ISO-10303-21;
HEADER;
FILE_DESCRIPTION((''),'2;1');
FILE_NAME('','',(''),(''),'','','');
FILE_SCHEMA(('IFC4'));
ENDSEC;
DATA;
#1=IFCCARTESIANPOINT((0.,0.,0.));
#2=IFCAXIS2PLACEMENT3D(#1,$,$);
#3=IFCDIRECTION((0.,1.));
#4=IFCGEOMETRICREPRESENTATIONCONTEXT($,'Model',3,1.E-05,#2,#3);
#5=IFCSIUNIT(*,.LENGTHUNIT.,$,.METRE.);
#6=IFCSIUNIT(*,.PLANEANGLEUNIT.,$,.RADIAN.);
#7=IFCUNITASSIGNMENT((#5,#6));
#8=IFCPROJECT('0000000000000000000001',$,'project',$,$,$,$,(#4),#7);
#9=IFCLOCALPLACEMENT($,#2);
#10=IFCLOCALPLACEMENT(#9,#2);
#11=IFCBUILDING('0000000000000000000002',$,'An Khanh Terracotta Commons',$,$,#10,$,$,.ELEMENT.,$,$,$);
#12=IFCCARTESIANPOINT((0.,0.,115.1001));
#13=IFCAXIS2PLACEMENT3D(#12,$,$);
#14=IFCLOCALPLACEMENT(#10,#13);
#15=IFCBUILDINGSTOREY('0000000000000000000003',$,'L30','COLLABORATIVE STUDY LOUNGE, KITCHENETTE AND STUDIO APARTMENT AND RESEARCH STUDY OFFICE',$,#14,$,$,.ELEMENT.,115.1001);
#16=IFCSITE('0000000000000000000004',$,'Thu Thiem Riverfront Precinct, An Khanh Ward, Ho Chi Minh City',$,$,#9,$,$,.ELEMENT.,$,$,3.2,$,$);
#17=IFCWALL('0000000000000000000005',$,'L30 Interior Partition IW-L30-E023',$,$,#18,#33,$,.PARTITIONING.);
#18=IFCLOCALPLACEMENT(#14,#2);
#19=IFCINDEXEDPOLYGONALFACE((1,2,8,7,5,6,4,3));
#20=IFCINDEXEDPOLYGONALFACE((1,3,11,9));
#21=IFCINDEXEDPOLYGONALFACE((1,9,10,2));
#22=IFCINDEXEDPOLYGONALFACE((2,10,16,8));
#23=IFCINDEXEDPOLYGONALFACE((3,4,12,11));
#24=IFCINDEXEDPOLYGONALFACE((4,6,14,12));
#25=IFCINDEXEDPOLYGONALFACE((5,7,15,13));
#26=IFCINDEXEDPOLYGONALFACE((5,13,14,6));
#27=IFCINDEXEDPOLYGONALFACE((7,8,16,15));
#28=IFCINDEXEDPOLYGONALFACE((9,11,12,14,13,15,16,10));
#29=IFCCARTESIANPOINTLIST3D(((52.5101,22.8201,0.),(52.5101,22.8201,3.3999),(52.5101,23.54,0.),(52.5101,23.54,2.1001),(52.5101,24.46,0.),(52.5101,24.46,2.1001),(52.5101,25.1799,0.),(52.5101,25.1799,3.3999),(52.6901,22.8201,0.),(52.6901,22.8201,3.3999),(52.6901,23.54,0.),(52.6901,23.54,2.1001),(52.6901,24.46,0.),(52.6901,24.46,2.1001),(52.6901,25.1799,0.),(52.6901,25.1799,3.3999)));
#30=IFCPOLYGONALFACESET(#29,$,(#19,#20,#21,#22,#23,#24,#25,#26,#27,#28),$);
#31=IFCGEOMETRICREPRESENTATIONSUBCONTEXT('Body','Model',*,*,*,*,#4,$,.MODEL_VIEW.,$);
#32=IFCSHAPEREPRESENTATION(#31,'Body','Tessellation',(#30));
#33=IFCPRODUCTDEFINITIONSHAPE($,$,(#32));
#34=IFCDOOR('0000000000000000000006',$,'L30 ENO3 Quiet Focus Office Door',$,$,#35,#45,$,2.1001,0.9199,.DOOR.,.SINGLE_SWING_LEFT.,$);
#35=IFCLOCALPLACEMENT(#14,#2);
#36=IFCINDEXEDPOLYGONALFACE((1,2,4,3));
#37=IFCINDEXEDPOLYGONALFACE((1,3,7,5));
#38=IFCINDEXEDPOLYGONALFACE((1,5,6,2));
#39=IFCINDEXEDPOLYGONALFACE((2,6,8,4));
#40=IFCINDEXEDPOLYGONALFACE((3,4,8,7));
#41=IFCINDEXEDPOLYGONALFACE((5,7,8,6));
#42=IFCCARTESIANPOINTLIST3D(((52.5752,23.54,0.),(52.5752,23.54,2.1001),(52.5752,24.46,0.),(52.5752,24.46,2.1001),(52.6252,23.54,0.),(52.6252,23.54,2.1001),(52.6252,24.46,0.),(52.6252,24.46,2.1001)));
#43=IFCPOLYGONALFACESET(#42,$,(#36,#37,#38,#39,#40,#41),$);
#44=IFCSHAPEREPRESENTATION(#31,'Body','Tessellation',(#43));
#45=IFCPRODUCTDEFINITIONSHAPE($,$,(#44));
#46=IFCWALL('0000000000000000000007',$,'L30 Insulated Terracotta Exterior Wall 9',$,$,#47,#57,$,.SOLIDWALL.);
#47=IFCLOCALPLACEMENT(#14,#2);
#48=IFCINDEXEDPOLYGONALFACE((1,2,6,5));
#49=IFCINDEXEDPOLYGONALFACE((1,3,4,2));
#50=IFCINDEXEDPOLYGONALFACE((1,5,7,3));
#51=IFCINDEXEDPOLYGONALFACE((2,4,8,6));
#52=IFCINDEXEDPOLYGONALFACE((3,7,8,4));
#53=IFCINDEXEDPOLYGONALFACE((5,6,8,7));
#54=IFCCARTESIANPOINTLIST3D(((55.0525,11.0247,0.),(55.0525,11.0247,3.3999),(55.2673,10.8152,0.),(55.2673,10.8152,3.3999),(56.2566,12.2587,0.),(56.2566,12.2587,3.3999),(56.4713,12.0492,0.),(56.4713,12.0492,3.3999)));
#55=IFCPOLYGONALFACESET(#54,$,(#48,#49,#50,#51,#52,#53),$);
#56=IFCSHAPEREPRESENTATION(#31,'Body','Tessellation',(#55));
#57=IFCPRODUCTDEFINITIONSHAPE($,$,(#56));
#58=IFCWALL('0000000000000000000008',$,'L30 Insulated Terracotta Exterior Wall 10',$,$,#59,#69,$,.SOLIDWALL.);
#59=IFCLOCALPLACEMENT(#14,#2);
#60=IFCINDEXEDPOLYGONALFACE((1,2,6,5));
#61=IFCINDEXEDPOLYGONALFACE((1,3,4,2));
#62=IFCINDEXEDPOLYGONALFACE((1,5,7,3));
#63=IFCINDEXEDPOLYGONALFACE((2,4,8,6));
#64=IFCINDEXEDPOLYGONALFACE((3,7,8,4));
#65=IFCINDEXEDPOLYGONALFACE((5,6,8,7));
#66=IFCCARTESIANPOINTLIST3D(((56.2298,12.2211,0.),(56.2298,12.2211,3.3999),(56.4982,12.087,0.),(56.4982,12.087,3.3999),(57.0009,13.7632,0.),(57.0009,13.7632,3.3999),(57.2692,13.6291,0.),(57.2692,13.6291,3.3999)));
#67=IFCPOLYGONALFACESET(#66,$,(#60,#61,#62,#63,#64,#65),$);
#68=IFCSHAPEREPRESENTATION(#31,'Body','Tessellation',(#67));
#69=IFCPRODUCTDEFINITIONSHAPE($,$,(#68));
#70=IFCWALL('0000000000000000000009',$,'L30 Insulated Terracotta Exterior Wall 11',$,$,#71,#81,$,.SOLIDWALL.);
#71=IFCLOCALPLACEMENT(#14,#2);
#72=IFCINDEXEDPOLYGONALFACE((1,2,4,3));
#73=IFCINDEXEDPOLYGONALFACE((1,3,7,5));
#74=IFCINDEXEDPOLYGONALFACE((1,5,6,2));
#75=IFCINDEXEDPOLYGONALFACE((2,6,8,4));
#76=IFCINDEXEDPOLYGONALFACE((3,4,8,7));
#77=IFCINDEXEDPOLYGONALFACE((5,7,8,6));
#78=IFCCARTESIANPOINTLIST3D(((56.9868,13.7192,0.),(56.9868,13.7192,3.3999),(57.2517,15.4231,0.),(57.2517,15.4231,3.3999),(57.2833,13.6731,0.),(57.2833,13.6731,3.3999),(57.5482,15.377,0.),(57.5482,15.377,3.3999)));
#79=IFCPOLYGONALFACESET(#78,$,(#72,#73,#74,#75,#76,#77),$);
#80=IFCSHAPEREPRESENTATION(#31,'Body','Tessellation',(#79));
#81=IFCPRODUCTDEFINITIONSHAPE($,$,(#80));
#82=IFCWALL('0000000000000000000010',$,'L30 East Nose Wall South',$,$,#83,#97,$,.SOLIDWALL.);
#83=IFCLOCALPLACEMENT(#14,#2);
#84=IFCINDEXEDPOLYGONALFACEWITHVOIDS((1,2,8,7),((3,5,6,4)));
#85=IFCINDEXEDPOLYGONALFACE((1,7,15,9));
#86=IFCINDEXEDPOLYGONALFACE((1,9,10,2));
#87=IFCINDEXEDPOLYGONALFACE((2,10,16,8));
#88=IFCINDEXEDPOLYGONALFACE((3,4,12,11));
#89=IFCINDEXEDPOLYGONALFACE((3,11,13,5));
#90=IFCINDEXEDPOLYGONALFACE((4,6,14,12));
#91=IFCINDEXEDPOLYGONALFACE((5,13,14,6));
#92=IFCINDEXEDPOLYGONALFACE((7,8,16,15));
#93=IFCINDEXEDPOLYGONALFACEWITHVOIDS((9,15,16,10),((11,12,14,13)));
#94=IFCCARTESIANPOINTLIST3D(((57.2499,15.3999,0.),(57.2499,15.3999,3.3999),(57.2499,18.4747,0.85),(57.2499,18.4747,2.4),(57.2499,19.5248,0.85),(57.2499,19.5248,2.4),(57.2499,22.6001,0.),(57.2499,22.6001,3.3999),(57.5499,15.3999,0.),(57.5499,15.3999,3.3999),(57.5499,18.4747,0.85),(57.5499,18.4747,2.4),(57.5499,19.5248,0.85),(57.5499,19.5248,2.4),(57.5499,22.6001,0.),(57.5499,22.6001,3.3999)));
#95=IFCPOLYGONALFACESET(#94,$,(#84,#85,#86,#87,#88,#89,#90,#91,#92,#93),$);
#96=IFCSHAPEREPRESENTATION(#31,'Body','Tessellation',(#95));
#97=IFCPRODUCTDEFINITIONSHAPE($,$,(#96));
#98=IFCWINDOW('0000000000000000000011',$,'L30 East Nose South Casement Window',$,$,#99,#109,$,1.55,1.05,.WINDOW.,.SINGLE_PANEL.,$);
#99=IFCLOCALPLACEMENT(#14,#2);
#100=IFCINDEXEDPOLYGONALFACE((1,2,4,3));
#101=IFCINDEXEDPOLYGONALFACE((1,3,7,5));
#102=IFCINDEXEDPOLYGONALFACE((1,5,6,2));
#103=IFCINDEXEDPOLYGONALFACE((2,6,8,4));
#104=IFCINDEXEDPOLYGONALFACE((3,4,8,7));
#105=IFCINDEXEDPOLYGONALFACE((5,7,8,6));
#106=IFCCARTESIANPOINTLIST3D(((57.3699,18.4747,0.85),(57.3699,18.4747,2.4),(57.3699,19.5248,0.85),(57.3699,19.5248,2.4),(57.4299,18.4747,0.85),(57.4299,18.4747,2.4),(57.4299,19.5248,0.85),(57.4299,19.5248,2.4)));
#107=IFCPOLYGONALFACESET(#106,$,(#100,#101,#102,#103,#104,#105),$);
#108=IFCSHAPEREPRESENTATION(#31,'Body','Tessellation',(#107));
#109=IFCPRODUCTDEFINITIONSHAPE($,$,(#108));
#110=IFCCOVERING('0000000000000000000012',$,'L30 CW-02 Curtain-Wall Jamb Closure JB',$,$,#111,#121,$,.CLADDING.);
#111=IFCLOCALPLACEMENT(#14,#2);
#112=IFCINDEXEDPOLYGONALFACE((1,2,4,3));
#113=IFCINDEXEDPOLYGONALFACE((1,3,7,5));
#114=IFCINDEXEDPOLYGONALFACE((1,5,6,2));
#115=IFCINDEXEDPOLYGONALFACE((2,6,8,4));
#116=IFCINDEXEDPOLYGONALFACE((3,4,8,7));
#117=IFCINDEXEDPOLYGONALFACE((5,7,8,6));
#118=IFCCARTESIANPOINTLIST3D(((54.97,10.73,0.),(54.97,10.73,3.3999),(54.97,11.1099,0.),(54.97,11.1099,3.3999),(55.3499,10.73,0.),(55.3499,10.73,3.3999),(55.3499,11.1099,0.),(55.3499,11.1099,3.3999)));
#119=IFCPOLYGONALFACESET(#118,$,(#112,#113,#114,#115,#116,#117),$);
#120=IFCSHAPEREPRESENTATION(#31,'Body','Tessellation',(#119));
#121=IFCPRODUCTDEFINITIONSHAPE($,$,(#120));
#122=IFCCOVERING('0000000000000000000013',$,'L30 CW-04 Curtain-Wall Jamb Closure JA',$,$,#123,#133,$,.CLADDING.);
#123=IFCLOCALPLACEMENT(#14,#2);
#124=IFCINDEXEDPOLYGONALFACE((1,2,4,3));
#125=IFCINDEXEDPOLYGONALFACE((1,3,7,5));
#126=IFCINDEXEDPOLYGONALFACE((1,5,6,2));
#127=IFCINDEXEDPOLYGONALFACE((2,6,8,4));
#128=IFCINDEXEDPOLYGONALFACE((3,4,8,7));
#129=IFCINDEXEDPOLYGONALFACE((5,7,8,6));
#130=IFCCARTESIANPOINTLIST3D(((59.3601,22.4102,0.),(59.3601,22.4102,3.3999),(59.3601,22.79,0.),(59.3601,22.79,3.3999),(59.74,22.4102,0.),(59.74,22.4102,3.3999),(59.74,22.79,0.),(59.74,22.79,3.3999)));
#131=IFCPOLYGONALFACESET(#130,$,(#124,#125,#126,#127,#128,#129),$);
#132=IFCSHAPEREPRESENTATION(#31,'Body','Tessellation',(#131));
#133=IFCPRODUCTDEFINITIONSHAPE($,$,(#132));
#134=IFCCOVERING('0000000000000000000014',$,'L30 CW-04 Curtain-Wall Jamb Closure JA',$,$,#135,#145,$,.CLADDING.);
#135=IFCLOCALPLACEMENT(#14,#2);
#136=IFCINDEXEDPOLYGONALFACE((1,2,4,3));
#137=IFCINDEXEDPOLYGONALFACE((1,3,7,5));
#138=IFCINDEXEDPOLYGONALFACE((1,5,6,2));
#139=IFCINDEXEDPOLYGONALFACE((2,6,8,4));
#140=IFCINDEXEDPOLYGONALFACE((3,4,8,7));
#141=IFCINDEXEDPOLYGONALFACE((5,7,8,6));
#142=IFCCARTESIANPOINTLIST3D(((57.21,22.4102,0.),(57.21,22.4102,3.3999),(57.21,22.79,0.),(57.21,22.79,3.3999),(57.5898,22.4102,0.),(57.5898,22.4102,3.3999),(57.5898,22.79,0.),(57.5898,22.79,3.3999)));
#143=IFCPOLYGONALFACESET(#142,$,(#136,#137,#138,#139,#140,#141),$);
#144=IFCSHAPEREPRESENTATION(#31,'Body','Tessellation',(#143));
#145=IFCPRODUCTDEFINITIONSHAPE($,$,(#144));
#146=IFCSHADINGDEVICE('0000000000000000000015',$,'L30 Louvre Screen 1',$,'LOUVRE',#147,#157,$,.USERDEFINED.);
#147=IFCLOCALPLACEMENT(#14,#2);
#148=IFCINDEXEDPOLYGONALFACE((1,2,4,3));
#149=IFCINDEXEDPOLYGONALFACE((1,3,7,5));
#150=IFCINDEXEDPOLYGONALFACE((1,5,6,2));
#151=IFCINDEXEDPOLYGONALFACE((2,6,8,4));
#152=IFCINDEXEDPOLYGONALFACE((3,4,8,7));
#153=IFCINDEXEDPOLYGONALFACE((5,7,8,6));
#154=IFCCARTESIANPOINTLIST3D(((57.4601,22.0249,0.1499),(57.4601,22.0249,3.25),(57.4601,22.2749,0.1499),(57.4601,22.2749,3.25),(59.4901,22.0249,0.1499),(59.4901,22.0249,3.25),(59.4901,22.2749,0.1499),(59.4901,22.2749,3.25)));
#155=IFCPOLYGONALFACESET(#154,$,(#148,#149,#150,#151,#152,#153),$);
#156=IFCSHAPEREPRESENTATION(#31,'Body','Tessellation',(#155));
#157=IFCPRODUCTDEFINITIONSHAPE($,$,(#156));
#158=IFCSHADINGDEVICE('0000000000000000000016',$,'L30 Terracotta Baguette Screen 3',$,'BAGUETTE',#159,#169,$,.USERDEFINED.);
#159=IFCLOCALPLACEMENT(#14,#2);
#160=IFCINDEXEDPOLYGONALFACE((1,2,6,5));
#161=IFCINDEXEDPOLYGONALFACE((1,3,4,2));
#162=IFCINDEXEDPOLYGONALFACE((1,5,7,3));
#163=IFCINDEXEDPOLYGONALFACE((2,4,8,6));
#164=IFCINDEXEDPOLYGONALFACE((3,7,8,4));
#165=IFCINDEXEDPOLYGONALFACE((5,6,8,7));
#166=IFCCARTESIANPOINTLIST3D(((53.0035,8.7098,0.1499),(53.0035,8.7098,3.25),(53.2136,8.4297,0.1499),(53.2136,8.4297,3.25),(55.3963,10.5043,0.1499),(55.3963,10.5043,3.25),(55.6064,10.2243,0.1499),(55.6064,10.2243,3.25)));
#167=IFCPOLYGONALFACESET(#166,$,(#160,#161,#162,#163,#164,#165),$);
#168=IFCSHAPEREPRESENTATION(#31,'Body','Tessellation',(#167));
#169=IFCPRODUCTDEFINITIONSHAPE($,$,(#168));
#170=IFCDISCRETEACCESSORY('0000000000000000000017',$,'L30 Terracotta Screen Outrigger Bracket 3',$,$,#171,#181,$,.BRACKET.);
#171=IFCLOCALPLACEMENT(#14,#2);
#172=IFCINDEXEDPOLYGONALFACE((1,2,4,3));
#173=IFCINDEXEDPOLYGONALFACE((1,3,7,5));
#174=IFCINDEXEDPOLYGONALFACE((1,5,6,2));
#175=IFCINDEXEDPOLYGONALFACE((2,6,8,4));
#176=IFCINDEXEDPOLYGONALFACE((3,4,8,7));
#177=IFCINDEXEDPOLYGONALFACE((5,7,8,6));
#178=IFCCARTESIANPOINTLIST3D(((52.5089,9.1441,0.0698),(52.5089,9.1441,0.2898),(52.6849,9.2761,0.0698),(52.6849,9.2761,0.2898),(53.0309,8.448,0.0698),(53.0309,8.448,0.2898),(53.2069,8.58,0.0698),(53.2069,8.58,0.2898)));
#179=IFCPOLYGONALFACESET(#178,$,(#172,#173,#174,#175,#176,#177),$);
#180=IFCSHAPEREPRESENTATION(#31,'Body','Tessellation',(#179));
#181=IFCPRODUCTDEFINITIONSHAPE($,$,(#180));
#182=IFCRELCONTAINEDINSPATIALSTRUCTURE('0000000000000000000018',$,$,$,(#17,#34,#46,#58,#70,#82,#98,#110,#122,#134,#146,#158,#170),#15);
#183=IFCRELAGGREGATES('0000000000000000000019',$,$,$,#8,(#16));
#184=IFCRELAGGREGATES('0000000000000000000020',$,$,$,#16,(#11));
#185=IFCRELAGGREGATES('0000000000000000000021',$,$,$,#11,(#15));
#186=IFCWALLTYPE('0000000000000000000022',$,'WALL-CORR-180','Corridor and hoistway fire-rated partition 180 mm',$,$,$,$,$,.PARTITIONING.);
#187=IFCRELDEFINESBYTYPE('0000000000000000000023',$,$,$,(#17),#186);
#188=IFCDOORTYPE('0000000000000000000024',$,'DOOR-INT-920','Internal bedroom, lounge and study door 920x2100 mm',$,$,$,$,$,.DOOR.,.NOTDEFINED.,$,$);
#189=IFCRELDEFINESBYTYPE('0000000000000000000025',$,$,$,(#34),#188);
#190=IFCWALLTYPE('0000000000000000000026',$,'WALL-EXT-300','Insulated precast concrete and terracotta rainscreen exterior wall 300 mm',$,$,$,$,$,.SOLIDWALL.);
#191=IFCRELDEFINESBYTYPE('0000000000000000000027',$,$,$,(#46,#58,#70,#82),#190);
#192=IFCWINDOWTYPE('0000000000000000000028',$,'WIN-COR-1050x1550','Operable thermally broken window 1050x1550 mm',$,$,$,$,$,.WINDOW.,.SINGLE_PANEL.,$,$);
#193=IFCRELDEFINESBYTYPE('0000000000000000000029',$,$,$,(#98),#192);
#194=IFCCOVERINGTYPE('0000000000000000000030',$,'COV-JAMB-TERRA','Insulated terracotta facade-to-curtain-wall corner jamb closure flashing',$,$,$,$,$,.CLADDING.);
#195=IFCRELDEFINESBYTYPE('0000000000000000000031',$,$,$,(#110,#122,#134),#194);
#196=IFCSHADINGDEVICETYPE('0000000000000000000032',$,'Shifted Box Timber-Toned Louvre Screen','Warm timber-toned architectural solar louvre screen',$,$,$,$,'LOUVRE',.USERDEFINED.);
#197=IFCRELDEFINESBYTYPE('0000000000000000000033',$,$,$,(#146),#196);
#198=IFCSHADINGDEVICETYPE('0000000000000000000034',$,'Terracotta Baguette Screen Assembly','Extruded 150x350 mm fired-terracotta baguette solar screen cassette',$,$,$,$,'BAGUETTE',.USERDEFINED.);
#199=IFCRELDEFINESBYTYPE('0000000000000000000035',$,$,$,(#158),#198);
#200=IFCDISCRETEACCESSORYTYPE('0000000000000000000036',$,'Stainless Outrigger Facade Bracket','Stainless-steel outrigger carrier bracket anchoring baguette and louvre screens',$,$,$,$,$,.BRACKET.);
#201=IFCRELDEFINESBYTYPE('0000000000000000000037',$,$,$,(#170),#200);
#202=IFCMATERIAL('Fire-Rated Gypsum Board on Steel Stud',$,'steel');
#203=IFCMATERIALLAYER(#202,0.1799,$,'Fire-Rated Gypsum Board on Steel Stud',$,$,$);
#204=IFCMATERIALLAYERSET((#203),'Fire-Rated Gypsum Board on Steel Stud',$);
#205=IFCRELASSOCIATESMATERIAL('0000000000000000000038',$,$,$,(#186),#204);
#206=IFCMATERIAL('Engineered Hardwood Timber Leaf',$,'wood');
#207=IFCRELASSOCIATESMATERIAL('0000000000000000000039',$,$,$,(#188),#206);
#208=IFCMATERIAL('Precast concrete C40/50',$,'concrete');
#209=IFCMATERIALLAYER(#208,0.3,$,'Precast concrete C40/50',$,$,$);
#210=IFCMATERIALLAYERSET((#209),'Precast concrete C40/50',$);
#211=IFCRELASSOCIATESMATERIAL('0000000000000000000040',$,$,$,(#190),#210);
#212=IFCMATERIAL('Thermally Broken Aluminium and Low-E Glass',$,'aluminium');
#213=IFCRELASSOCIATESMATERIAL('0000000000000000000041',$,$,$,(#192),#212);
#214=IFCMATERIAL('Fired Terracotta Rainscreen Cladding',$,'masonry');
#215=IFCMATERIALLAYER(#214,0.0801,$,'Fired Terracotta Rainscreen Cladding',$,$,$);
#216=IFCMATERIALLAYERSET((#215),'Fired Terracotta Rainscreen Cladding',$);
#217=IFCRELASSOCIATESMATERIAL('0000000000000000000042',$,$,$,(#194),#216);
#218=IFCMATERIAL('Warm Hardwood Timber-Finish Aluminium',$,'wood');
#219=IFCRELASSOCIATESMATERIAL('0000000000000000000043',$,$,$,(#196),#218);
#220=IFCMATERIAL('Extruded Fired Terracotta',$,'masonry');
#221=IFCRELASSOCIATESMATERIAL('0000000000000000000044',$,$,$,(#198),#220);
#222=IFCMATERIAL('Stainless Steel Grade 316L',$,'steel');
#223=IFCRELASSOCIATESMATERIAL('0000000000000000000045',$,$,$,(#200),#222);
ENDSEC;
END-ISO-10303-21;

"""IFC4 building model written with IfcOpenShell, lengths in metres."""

from ifc_helpers import new_model, si_unit, direction, frame, frame_2d, origin, origin_2d, place, context, subcontext, project, spatial, rectangle, extrude, material, layer, layer_set, type_object, element, fill, save


model = new_model("IFC4")

# Units and contexts
model_context = context("Model", 3, precision=1e-05, world=origin(), true_north=direction((0.0, 1.0)))
body_context = subcontext(model_context, "Body", "Model", "MODEL_VIEW")
ifc_project = project(units=[si_unit("LENGTHUNIT", "METRE"), si_unit("PLANEANGLEUNIT", "RADIAN")], contexts=[model_context])

# Site, building, storey
site_placement = place(None, origin())
site = spatial("IfcSite", under=ifc_project, at=site_placement, Name="Thu Thiem Riverfront Precinct, An Khanh Ward, Ho Chi Minh City", CompositionType="ELEMENT", RefElevation=3.2)
building_placement = place(site_placement, origin())
building = spatial("IfcBuilding", under=site, at=building_placement, Name="An Khanh Terracotta Commons", CompositionType="ELEMENT")
storey_placement = place(building_placement, frame((0.0, 0.0, 115.1001)))
storey = spatial("IfcBuildingStorey", under=building, at=storey_placement, Name="L30", Description="COLLABORATIVE STUDY LOUNGE, KITCHENETTE AND STUDIO APARTMENT AND RESEARCH STUDY OFFICE", CompositionType="ELEMENT", Elevation=115.1001)

# Wall, opening, door
ifc_material_1 = material(Name="Fire-Rated Gypsum Board on Steel Stud", Category="steel")
ifc_layer_1 = layer(ifc_material_1, 0.1799, Name="Fire-Rated Gypsum Board on Steel Stud")
ifc_layer_set_1 = layer_set([ifc_layer_1], Name="Fire-Rated Gypsum Board on Steel Stud")
wall_type_1 = type_object("IfcWallType", Name="WALL-CORR-180", Description="Corridor and hoistway fire-rated partition 180 mm", PredefinedType="PARTITIONING", material=ifc_layer_set_1)
wall_1_placement = place(storey_placement, frame((52.6001, 22.8201, 0.0), z_axis=(0.0, 0.0, 1.0), x_axis=(0.0, 1.0, 0.0)))
wall_1 = element("IfcWall", 1, at=wall_1_placement, inside=storey, type_object=wall_type_1, Name="L30 Interior Partition IW-L30-E023", PredefinedType="PARTITIONING", context=body_context, shape_type="SweptSolid", body=[
    extrude(rectangle(XDim=2.3599, YDim=0.1799, at=frame_2d((1.1799, 0.0))), origin(), (0.0, 0.0, 1.0), 3.3999),
])
opening_1_placement = place(wall_1_placement, frame((0.72, 0.0, 0.0)))
opening_1 = element("IfcOpeningElement", 2, at=opening_1_placement, cuts=wall_1, PredefinedType="OPENING", context=body_context, shape_type="SweptSolid", body=[
    extrude(rectangle(XDim=0.9199, YDim=2.1001, at=frame_2d((0.46, 1.05))), frame((0.0, 0.0999, 0.0), z_axis=(0.0, -1.0, 0.0), x_axis=(1.0, 0.0, 0.0)), (0.0, 0.0, 1.0), 0.2),
])
ifc_material_2 = material(Name="Engineered Hardwood Timber Leaf", Category="wood")
door_type = type_object("IfcDoorType", Name="DOOR-INT-920", Description="Internal bedroom, lounge and study door 920x2100 mm", OperationType="NOTDEFINED", PredefinedType="DOOR", material=ifc_material_2)
door_placement = place(opening_1_placement, origin())
door = element("IfcDoor", 3, at=door_placement, inside=storey, type_object=door_type, Name="L30 ENO3 Quiet Focus Office Door", OperationType="SINGLE_SWING_LEFT", OverallHeight=2.1001, OverallWidth=0.9199, PredefinedType="DOOR", context=body_context, shape_type="SweptSolid", body=[
    extrude(rectangle(XDim=0.9199, YDim=2.1001, at=frame_2d((0.46, 1.05))), frame((0.0, 0.0249, 0.0), z_axis=(0.0, -1.0, 0.0), x_axis=(1.0, 0.0, 0.0)), (0.0, 0.0, 1.0), 0.05),
])
fill(opening_1, door)

# Walls
ifc_material_3 = material(Name="Precast concrete C40/50", Category="concrete")
ifc_layer_2 = layer(ifc_material_3, 0.3, Name="Precast concrete C40/50")
ifc_layer_set_2 = layer_set([ifc_layer_2], Name="Precast concrete C40/50")
wall_type_2 = type_object("IfcWallType", Name="WALL-EXT-300", Description="Insulated precast concrete and terracotta rainscreen exterior wall 300 mm", PredefinedType="SOLIDWALL", material=ifc_layer_set_2)
for number, where, z_axis, x_axis, name in (
    (4, (55.1599, 10.9199, 0.0), (0.0, 0.0, 1.0), (0.698345, 0.715761, 0.0), "L30 Insulated Terracotta Exterior Wall 9"),
    (5, (56.364, 12.1541, 0.0), (0.0, 0.0, 1.0), (0.447214, 0.894427, 0.0), "L30 Insulated Terracotta Exterior Wall 10"),
):
    element("IfcWall", number, at=place(storey_placement, frame(where, z_axis=z_axis, x_axis=x_axis)), inside=storey, type_object=wall_type_2, Name=name, PredefinedType="SOLIDWALL", context=body_context, shape_type="SweptSolid", body=[
        extrude(rectangle(XDim=1.7241, YDim=0.3, at=frame_2d((0.8621, 0.0))), origin(), (0.0, 0.0, 1.0), 3.3999),
    ])
wall_2_placement = place(storey_placement, frame((57.135, 13.696, 0.0), z_axis=(0.0, 0.0, 1.0), x_axis=(0.153621, 0.98813, 0.0)))
element("IfcWall", 6, at=wall_2_placement, inside=storey, type_object=wall_type_2, Name="L30 Insulated Terracotta Exterior Wall 11", PredefinedType="SOLIDWALL", context=body_context, shape_type="SweptSolid", body=[
    extrude(rectangle(XDim=1.7244, YDim=0.3, at=frame_2d((0.8623, 0.0))), origin(), (0.0, 0.0, 1.0), 3.3999),
])

# Wall, opening, window
wall_3_placement = place(storey_placement, frame((57.3999, 15.3999, 0.0), z_axis=(0.0, 0.0, 1.0), x_axis=(0.0, 1.0, 0.0)))
wall_3 = element("IfcWall", 7, at=wall_3_placement, inside=storey, type_object=wall_type_2, Name="L30 East Nose Wall South", PredefinedType="SOLIDWALL", context=body_context, shape_type="SweptSolid", body=[
    extrude(rectangle(XDim=7.2002, YDim=0.3, at=frame_2d((3.6001, 0.0))), origin(), (0.0, 0.0, 1.0), 3.3999),
])
opening_2_placement = place(wall_3_placement, frame((3.075, 0.0, 0.8501)))
opening_2 = element("IfcOpeningElement", 8, at=opening_2_placement, cuts=wall_3, PredefinedType="OPENING", context=body_context, shape_type="SweptSolid", body=[
    extrude(rectangle(XDim=1.05, YDim=1.55, at=frame_2d((0.5249, 0.7749))), frame((0.0, 0.1599, 0.0), z_axis=(0.0, -1.0, 0.0), x_axis=(1.0, 0.0, 0.0)), (0.0, 0.0, 1.0), 0.3201),
])
ifc_material_4 = material(Name="Thermally Broken Aluminium and Low-E Glass", Category="aluminium")
window_type = type_object("IfcWindowType", Name="WIN-COR-1050x1550", Description="Operable thermally broken window 1050x1550 mm", PartitioningType="SINGLE_PANEL", PredefinedType="WINDOW", material=ifc_material_4)
window_placement = place(opening_2_placement, origin())
window = element("IfcWindow", 9, at=window_placement, inside=storey, type_object=window_type, Name="L30 East Nose South Casement Window", OverallHeight=1.55, OverallWidth=1.05, PartitioningType="SINGLE_PANEL", PredefinedType="WINDOW", context=body_context, shape_type="SweptSolid", body=[
    extrude(rectangle(XDim=1.05, YDim=1.55, at=frame_2d((0.5249, 0.7749))), frame((0.0, 0.03, 0.0), z_axis=(0.0, -1.0, 0.0), x_axis=(1.0, 0.0, 0.0)), (0.0, 0.0, 1.0), 0.0601),
])
fill(opening_2, window)

# Coverings
ifc_material_5 = material(Name="Fired Terracotta Rainscreen Cladding", Category="masonry")
ifc_layer_3 = layer(ifc_material_5, 0.0801, Name="Fired Terracotta Rainscreen Cladding")
ifc_layer_set_3 = layer_set([ifc_layer_3], Name="Fired Terracotta Rainscreen Cladding")
covering_type = type_object("IfcCoveringType", Name="COV-JAMB-TERRA", Description="Insulated terracotta facade-to-curtain-wall corner jamb closure flashing", PredefinedType="CLADDING", material=ifc_layer_set_3)
for number, where, z_axis, x_axis, name in (
    (10, (55.1599, 10.9199, 0.0), (0.0, 0.0, 1.0), (1.0, 0.0, 0.0), "L30 CW-02 Curtain-Wall Jamb Closure JB"),
    (11, (59.55, 22.6001, 0.0), (0.0, 0.0, 1.0), (1.0, 0.0, 0.0), "L30 CW-04 Curtain-Wall Jamb Closure JA"),
    (12, (57.3999, 22.6001, 0.0), (0.0, 0.0, 1.0), (1.0, 0.0, 0.0), "L30 CW-04 Curtain-Wall Jamb Closure JA"),
):
    element("IfcCovering", number, at=place(storey_placement, frame(where, z_axis=z_axis, x_axis=x_axis)), inside=storey, type_object=covering_type, Name=name, PredefinedType="CLADDING", context=body_context, shape_type="SweptSolid", body=[
        extrude(rectangle(XDim=0.3799, YDim=0.3799, at=origin_2d()), origin(), (0.0, 0.0, 1.0), 3.3999),
    ])

# Shading devices
ifc_material_6 = material(Name="Warm Hardwood Timber-Finish Aluminium", Category="wood")
shading_device_type_1 = type_object("IfcShadingDeviceType", Name="Shifted Box Timber-Toned Louvre Screen", Description="Warm timber-toned architectural solar louvre screen", ElementType="LOUVRE", PredefinedType="USERDEFINED", material=ifc_material_6)
shading_device_1_placement = place(storey_placement, frame((58.4751, 22.1499, 0.1499), z_axis=(0.0, 0.0, 1.0), x_axis=(1.0, 0.0, 0.0)))
element("IfcShadingDevice", 13, at=shading_device_1_placement, inside=storey, type_object=shading_device_type_1, Name="L30 Louvre Screen 1", ObjectType="LOUVRE", PredefinedType="USERDEFINED", context=body_context, shape_type="SweptSolid", body=[
    extrude(rectangle(XDim=2.03, YDim=0.25, at=origin_2d()), origin(), (0.0, 0.0, 1.0), 3.1001),
])
ifc_material_7 = material(Name="Extruded Fired Terracotta", Category="masonry")
shading_device_type_2 = type_object("IfcShadingDeviceType", Name="Terracotta Baguette Screen Assembly", Description="Extruded 150x350 mm fired-terracotta baguette solar screen cassette", ElementType="BAGUETTE", PredefinedType="USERDEFINED", material=ifc_material_7)
shading_device_2_placement = place(storey_placement, frame((54.3049, 9.467, 0.1499), z_axis=(0.0, 0.0, 1.0), x_axis=(0.800013, 0.599983, 0.0)))
element("IfcShadingDevice", 14, at=shading_device_2_placement, inside=storey, type_object=shading_device_type_2, Name="L30 Terracotta Baguette Screen 3", ObjectType="BAGUETTE", PredefinedType="USERDEFINED", context=body_context, shape_type="SweptSolid", body=[
    extrude(rectangle(XDim=2.991, YDim=0.3501, at=origin_2d()), origin(), (0.0, 0.0, 1.0), 3.1001),
])

# Discrete accessory
ifc_material_8 = material(Name="Stainless Steel Grade 316L", Category="steel")
discrete_accessory_type = type_object("IfcDiscreteAccessoryType", Name="Stainless Outrigger Facade Bracket", Description="Stainless-steel outrigger carrier bracket anchoring baguette and louvre screens", PredefinedType="BRACKET", material=ifc_material_8)
discrete_accessory_placement = place(storey_placement, frame((52.8579, 8.8621, 0.0698), z_axis=(0.0, 0.0, 1.0), x_axis=(0.800013, 0.599983, 0.0)))
element("IfcDiscreteAccessory", 15, at=discrete_accessory_placement, inside=storey, type_object=discrete_accessory_type, Name="L30 Terracotta Screen Outrigger Bracket 3", PredefinedType="BRACKET", context=body_context, shape_type="SweptSolid", body=[
    extrude(rectangle(XDim=0.22, YDim=0.8701, at=origin_2d()), origin(), (0.0, 0.0, 1.0), 0.22),
])

save(model, "model.ifc")
